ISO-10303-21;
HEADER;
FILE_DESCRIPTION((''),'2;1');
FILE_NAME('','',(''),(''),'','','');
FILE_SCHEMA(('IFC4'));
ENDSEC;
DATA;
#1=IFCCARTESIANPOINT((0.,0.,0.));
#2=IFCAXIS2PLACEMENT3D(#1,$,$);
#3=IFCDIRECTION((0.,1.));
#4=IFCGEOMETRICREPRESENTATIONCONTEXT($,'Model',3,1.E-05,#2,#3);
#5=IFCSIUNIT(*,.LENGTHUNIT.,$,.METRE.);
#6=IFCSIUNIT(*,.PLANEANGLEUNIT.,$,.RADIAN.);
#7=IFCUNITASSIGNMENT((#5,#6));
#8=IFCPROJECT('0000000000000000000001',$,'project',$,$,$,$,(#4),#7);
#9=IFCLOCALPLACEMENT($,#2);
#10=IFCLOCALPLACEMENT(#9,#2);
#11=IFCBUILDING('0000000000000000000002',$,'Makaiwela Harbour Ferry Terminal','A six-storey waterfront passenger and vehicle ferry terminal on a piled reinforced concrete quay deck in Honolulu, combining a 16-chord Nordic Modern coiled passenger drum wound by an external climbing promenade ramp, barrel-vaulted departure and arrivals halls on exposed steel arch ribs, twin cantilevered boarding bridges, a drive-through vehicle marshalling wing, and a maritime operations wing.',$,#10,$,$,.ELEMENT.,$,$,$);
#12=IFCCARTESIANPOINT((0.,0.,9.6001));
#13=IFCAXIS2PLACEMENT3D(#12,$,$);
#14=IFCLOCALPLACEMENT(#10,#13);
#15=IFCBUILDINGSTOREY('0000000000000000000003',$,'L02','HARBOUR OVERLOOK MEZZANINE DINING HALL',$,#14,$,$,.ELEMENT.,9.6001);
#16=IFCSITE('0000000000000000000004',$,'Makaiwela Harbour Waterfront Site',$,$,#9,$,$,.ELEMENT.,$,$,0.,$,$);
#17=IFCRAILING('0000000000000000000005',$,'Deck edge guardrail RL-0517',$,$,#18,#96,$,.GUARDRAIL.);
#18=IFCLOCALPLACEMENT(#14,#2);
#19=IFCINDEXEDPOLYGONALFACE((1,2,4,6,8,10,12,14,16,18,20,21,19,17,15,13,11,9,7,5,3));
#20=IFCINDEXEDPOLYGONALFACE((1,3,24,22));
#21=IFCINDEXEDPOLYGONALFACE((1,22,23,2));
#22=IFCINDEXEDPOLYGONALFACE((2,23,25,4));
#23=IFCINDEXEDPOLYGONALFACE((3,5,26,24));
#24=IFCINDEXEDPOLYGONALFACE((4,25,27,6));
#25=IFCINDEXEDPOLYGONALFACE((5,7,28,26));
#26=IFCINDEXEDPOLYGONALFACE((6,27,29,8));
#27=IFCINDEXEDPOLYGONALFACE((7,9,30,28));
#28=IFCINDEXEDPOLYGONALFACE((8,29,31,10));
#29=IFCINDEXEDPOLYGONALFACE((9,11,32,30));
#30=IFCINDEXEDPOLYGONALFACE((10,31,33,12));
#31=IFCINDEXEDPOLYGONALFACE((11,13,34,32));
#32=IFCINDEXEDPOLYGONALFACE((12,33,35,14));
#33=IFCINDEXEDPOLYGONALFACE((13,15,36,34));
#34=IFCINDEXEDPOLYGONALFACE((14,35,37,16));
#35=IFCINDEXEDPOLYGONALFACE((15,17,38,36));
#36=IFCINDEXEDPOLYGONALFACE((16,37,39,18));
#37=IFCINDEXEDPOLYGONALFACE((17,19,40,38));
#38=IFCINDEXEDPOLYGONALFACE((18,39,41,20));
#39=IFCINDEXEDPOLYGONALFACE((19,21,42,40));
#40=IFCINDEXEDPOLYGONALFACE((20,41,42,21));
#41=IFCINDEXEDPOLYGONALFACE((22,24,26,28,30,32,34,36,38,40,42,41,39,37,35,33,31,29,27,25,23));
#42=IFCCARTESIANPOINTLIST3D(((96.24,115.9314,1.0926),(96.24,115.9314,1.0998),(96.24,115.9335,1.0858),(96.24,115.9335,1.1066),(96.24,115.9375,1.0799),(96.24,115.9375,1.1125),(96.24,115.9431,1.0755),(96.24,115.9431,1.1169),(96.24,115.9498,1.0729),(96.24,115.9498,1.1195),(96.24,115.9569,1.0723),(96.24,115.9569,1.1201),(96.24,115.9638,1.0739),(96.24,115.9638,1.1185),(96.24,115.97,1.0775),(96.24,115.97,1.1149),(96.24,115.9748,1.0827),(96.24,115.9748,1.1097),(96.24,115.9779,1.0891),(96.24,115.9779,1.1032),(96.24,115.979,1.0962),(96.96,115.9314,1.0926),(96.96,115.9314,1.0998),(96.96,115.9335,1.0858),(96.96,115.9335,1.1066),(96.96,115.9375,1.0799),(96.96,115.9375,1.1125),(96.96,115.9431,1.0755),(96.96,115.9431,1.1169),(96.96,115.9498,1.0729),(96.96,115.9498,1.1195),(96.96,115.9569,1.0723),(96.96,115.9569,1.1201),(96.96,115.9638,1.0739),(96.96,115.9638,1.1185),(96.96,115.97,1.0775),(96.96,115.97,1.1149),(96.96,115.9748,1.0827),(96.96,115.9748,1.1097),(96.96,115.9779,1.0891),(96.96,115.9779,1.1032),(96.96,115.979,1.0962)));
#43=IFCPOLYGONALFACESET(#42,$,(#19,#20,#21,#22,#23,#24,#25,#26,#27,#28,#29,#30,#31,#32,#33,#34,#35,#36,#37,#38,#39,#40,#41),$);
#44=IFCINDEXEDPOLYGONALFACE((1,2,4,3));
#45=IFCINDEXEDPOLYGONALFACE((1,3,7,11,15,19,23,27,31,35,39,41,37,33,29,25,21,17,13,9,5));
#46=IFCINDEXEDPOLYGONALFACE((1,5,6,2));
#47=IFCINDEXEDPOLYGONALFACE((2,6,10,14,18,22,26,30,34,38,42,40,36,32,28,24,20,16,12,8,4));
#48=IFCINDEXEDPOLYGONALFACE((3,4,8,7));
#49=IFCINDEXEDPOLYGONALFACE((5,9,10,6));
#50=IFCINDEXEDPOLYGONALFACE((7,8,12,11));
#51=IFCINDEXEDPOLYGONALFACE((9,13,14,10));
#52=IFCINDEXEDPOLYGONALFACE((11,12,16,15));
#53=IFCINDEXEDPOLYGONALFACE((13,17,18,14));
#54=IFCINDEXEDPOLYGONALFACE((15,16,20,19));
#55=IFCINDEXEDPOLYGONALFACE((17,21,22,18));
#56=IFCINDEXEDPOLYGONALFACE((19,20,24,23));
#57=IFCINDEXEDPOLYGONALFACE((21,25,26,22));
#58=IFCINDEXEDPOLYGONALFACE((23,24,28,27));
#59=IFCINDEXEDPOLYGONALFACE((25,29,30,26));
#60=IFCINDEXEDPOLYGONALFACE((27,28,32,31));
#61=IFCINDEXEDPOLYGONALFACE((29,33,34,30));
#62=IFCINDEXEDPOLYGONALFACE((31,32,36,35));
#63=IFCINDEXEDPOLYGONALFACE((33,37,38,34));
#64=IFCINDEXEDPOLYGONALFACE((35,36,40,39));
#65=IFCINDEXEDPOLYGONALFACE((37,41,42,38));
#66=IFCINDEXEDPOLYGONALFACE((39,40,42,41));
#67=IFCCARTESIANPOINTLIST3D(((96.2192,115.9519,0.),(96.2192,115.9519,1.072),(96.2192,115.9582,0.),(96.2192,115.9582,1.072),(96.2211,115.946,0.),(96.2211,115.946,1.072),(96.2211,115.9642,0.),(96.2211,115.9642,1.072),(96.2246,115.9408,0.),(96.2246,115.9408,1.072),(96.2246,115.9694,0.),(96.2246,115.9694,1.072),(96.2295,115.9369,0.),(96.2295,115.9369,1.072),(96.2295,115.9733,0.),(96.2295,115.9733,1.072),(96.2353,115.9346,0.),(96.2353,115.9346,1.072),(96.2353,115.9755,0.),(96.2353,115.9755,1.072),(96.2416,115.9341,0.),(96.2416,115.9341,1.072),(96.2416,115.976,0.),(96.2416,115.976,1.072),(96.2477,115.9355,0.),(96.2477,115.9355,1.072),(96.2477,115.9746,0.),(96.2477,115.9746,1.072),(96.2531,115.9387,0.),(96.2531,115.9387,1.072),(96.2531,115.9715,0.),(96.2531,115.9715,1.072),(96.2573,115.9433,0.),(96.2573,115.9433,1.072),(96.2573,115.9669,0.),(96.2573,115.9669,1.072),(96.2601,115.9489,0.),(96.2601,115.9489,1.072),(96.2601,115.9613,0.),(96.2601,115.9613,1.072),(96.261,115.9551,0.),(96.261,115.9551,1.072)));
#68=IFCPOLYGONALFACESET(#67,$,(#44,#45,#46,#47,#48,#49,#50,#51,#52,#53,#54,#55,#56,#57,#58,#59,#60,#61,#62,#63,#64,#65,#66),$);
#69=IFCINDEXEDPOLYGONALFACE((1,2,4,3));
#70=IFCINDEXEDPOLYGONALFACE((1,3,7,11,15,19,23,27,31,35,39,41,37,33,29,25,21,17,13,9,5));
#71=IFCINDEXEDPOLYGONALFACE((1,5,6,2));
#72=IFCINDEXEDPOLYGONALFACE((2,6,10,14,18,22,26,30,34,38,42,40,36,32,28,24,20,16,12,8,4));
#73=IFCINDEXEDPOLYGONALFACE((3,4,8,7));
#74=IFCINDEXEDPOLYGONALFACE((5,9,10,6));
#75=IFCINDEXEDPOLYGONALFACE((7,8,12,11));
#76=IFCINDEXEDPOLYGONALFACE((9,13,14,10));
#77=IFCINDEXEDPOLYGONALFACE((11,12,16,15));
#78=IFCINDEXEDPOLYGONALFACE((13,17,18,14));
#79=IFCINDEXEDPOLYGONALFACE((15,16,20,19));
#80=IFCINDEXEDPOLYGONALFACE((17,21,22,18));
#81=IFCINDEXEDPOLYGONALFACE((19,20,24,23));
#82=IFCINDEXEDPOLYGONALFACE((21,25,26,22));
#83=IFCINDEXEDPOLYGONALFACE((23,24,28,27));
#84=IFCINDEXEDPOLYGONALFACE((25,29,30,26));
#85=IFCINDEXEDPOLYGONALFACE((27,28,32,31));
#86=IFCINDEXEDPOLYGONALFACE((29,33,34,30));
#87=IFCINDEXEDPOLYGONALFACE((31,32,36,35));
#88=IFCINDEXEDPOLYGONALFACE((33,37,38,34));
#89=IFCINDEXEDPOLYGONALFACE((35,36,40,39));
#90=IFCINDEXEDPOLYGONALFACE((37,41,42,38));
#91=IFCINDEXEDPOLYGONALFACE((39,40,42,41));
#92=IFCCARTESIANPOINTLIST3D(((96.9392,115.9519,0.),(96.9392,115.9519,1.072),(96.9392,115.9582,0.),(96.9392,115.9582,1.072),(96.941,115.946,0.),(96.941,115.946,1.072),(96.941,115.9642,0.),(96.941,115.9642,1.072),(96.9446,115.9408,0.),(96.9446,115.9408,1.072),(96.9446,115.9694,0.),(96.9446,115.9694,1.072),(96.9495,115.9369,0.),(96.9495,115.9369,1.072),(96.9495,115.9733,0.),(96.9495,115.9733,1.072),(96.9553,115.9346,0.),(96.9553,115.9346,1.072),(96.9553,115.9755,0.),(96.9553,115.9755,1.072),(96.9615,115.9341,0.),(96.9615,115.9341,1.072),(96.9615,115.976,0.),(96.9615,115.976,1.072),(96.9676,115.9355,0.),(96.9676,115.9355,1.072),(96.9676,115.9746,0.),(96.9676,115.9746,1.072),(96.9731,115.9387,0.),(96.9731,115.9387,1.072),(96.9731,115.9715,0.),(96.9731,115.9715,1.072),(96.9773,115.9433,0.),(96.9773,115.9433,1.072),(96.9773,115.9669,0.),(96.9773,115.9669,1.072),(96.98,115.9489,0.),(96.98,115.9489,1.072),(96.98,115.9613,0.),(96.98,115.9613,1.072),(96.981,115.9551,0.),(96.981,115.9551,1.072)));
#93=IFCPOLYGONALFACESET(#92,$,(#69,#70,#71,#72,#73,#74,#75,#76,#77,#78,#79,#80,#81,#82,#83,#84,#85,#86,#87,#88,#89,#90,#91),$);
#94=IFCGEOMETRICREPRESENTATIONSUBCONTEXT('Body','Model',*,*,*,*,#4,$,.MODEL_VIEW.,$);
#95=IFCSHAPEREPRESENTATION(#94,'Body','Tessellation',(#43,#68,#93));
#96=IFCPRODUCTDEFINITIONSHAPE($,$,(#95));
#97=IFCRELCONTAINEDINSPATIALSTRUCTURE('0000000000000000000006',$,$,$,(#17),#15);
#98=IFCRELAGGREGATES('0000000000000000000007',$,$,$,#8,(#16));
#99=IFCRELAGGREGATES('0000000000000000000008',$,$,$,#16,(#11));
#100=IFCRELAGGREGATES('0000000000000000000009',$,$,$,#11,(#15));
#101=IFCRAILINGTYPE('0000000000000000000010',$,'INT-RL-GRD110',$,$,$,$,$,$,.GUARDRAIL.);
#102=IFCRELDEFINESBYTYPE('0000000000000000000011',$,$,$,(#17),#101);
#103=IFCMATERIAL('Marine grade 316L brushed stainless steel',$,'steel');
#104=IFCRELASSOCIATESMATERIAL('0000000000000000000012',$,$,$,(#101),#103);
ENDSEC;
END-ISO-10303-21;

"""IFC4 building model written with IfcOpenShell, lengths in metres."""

from ifc_helpers import new_model, si_unit, direction, frame, origin, origin_2d, place, context, subcontext, project, spatial, circle, extrude, material, type_object, element, save


model = new_model("IFC4")

# Units and contexts
model_context = context("Model", 3, precision=1e-05, world=origin(), true_north=direction((0.0, 1.0)))
body_context = subcontext(model_context, "Body", "Model", "MODEL_VIEW")
ifc_project = project(units=[si_unit("LENGTHUNIT", "METRE"), si_unit("PLANEANGLEUNIT", "RADIAN")], contexts=[model_context])

# Site, building, storey
site_placement = place(None, origin())
site = spatial("IfcSite", under=ifc_project, at=site_placement, Name="Makaiwela Harbour Waterfront Site", CompositionType="ELEMENT", RefElevation=0.0)
building_placement = place(site_placement, origin())
building = spatial("IfcBuilding", under=site, at=building_placement, Name="Makaiwela Harbour Ferry Terminal", Description="A six-storey waterfront passenger and vehicle ferry terminal on a piled reinforced concrete quay deck in Honolulu, combining a 16-chord Nordic Modern coiled passenger drum wound by an external climbing promenade ramp, barrel-vaulted departure and arrivals halls on exposed steel arch ribs, twin cantilevered boarding bridges, a drive-through vehicle marshalling wing, and a maritime operations wing.", CompositionType="ELEMENT")
storey_placement = place(building_placement, frame((0.0, 0.0, 9.6001)))
storey = spatial("IfcBuildingStorey", under=building, at=storey_placement, Name="L02", Description="HARBOUR OVERLOOK MEZZANINE DINING HALL", CompositionType="ELEMENT", Elevation=9.6001)

# Railing
ifc_material_1 = material(Name="Marine grade 316L brushed stainless steel", Category="steel")
railing_type = type_object("IfcRailingType", Name="INT-RL-GRD110", PredefinedType="GUARDRAIL", material=ifc_material_1)
railing_placement = place(storey_placement, frame((96.24, 115.9551, 0.0)))
element("IfcRailing", 1, at=railing_placement, inside=storey, type_object=railing_type, Name="Deck edge guardrail RL-0517", PredefinedType="GUARDRAIL", context=body_context, shape_type="SweptSolid", body=[
    extrude(circle(Radius=0.0239, at=origin_2d()), frame((0.0, 0.0, 1.0962), z_axis=(1.0, 0.0, 0.0), x_axis=(0.0, 1.0, 0.0)), (0.0, 0.0, 1.0), 0.72),
    extrude(circle(Radius=0.021, at=origin_2d()), origin(), (0.0, 0.0, 1.0), 1.072),
    extrude(circle(Radius=0.021, at=origin_2d()), frame((0.72, 0.0, 0.0)), (0.0, 0.0, 1.0), 1.072),
])

save(model, "model.ifc")
